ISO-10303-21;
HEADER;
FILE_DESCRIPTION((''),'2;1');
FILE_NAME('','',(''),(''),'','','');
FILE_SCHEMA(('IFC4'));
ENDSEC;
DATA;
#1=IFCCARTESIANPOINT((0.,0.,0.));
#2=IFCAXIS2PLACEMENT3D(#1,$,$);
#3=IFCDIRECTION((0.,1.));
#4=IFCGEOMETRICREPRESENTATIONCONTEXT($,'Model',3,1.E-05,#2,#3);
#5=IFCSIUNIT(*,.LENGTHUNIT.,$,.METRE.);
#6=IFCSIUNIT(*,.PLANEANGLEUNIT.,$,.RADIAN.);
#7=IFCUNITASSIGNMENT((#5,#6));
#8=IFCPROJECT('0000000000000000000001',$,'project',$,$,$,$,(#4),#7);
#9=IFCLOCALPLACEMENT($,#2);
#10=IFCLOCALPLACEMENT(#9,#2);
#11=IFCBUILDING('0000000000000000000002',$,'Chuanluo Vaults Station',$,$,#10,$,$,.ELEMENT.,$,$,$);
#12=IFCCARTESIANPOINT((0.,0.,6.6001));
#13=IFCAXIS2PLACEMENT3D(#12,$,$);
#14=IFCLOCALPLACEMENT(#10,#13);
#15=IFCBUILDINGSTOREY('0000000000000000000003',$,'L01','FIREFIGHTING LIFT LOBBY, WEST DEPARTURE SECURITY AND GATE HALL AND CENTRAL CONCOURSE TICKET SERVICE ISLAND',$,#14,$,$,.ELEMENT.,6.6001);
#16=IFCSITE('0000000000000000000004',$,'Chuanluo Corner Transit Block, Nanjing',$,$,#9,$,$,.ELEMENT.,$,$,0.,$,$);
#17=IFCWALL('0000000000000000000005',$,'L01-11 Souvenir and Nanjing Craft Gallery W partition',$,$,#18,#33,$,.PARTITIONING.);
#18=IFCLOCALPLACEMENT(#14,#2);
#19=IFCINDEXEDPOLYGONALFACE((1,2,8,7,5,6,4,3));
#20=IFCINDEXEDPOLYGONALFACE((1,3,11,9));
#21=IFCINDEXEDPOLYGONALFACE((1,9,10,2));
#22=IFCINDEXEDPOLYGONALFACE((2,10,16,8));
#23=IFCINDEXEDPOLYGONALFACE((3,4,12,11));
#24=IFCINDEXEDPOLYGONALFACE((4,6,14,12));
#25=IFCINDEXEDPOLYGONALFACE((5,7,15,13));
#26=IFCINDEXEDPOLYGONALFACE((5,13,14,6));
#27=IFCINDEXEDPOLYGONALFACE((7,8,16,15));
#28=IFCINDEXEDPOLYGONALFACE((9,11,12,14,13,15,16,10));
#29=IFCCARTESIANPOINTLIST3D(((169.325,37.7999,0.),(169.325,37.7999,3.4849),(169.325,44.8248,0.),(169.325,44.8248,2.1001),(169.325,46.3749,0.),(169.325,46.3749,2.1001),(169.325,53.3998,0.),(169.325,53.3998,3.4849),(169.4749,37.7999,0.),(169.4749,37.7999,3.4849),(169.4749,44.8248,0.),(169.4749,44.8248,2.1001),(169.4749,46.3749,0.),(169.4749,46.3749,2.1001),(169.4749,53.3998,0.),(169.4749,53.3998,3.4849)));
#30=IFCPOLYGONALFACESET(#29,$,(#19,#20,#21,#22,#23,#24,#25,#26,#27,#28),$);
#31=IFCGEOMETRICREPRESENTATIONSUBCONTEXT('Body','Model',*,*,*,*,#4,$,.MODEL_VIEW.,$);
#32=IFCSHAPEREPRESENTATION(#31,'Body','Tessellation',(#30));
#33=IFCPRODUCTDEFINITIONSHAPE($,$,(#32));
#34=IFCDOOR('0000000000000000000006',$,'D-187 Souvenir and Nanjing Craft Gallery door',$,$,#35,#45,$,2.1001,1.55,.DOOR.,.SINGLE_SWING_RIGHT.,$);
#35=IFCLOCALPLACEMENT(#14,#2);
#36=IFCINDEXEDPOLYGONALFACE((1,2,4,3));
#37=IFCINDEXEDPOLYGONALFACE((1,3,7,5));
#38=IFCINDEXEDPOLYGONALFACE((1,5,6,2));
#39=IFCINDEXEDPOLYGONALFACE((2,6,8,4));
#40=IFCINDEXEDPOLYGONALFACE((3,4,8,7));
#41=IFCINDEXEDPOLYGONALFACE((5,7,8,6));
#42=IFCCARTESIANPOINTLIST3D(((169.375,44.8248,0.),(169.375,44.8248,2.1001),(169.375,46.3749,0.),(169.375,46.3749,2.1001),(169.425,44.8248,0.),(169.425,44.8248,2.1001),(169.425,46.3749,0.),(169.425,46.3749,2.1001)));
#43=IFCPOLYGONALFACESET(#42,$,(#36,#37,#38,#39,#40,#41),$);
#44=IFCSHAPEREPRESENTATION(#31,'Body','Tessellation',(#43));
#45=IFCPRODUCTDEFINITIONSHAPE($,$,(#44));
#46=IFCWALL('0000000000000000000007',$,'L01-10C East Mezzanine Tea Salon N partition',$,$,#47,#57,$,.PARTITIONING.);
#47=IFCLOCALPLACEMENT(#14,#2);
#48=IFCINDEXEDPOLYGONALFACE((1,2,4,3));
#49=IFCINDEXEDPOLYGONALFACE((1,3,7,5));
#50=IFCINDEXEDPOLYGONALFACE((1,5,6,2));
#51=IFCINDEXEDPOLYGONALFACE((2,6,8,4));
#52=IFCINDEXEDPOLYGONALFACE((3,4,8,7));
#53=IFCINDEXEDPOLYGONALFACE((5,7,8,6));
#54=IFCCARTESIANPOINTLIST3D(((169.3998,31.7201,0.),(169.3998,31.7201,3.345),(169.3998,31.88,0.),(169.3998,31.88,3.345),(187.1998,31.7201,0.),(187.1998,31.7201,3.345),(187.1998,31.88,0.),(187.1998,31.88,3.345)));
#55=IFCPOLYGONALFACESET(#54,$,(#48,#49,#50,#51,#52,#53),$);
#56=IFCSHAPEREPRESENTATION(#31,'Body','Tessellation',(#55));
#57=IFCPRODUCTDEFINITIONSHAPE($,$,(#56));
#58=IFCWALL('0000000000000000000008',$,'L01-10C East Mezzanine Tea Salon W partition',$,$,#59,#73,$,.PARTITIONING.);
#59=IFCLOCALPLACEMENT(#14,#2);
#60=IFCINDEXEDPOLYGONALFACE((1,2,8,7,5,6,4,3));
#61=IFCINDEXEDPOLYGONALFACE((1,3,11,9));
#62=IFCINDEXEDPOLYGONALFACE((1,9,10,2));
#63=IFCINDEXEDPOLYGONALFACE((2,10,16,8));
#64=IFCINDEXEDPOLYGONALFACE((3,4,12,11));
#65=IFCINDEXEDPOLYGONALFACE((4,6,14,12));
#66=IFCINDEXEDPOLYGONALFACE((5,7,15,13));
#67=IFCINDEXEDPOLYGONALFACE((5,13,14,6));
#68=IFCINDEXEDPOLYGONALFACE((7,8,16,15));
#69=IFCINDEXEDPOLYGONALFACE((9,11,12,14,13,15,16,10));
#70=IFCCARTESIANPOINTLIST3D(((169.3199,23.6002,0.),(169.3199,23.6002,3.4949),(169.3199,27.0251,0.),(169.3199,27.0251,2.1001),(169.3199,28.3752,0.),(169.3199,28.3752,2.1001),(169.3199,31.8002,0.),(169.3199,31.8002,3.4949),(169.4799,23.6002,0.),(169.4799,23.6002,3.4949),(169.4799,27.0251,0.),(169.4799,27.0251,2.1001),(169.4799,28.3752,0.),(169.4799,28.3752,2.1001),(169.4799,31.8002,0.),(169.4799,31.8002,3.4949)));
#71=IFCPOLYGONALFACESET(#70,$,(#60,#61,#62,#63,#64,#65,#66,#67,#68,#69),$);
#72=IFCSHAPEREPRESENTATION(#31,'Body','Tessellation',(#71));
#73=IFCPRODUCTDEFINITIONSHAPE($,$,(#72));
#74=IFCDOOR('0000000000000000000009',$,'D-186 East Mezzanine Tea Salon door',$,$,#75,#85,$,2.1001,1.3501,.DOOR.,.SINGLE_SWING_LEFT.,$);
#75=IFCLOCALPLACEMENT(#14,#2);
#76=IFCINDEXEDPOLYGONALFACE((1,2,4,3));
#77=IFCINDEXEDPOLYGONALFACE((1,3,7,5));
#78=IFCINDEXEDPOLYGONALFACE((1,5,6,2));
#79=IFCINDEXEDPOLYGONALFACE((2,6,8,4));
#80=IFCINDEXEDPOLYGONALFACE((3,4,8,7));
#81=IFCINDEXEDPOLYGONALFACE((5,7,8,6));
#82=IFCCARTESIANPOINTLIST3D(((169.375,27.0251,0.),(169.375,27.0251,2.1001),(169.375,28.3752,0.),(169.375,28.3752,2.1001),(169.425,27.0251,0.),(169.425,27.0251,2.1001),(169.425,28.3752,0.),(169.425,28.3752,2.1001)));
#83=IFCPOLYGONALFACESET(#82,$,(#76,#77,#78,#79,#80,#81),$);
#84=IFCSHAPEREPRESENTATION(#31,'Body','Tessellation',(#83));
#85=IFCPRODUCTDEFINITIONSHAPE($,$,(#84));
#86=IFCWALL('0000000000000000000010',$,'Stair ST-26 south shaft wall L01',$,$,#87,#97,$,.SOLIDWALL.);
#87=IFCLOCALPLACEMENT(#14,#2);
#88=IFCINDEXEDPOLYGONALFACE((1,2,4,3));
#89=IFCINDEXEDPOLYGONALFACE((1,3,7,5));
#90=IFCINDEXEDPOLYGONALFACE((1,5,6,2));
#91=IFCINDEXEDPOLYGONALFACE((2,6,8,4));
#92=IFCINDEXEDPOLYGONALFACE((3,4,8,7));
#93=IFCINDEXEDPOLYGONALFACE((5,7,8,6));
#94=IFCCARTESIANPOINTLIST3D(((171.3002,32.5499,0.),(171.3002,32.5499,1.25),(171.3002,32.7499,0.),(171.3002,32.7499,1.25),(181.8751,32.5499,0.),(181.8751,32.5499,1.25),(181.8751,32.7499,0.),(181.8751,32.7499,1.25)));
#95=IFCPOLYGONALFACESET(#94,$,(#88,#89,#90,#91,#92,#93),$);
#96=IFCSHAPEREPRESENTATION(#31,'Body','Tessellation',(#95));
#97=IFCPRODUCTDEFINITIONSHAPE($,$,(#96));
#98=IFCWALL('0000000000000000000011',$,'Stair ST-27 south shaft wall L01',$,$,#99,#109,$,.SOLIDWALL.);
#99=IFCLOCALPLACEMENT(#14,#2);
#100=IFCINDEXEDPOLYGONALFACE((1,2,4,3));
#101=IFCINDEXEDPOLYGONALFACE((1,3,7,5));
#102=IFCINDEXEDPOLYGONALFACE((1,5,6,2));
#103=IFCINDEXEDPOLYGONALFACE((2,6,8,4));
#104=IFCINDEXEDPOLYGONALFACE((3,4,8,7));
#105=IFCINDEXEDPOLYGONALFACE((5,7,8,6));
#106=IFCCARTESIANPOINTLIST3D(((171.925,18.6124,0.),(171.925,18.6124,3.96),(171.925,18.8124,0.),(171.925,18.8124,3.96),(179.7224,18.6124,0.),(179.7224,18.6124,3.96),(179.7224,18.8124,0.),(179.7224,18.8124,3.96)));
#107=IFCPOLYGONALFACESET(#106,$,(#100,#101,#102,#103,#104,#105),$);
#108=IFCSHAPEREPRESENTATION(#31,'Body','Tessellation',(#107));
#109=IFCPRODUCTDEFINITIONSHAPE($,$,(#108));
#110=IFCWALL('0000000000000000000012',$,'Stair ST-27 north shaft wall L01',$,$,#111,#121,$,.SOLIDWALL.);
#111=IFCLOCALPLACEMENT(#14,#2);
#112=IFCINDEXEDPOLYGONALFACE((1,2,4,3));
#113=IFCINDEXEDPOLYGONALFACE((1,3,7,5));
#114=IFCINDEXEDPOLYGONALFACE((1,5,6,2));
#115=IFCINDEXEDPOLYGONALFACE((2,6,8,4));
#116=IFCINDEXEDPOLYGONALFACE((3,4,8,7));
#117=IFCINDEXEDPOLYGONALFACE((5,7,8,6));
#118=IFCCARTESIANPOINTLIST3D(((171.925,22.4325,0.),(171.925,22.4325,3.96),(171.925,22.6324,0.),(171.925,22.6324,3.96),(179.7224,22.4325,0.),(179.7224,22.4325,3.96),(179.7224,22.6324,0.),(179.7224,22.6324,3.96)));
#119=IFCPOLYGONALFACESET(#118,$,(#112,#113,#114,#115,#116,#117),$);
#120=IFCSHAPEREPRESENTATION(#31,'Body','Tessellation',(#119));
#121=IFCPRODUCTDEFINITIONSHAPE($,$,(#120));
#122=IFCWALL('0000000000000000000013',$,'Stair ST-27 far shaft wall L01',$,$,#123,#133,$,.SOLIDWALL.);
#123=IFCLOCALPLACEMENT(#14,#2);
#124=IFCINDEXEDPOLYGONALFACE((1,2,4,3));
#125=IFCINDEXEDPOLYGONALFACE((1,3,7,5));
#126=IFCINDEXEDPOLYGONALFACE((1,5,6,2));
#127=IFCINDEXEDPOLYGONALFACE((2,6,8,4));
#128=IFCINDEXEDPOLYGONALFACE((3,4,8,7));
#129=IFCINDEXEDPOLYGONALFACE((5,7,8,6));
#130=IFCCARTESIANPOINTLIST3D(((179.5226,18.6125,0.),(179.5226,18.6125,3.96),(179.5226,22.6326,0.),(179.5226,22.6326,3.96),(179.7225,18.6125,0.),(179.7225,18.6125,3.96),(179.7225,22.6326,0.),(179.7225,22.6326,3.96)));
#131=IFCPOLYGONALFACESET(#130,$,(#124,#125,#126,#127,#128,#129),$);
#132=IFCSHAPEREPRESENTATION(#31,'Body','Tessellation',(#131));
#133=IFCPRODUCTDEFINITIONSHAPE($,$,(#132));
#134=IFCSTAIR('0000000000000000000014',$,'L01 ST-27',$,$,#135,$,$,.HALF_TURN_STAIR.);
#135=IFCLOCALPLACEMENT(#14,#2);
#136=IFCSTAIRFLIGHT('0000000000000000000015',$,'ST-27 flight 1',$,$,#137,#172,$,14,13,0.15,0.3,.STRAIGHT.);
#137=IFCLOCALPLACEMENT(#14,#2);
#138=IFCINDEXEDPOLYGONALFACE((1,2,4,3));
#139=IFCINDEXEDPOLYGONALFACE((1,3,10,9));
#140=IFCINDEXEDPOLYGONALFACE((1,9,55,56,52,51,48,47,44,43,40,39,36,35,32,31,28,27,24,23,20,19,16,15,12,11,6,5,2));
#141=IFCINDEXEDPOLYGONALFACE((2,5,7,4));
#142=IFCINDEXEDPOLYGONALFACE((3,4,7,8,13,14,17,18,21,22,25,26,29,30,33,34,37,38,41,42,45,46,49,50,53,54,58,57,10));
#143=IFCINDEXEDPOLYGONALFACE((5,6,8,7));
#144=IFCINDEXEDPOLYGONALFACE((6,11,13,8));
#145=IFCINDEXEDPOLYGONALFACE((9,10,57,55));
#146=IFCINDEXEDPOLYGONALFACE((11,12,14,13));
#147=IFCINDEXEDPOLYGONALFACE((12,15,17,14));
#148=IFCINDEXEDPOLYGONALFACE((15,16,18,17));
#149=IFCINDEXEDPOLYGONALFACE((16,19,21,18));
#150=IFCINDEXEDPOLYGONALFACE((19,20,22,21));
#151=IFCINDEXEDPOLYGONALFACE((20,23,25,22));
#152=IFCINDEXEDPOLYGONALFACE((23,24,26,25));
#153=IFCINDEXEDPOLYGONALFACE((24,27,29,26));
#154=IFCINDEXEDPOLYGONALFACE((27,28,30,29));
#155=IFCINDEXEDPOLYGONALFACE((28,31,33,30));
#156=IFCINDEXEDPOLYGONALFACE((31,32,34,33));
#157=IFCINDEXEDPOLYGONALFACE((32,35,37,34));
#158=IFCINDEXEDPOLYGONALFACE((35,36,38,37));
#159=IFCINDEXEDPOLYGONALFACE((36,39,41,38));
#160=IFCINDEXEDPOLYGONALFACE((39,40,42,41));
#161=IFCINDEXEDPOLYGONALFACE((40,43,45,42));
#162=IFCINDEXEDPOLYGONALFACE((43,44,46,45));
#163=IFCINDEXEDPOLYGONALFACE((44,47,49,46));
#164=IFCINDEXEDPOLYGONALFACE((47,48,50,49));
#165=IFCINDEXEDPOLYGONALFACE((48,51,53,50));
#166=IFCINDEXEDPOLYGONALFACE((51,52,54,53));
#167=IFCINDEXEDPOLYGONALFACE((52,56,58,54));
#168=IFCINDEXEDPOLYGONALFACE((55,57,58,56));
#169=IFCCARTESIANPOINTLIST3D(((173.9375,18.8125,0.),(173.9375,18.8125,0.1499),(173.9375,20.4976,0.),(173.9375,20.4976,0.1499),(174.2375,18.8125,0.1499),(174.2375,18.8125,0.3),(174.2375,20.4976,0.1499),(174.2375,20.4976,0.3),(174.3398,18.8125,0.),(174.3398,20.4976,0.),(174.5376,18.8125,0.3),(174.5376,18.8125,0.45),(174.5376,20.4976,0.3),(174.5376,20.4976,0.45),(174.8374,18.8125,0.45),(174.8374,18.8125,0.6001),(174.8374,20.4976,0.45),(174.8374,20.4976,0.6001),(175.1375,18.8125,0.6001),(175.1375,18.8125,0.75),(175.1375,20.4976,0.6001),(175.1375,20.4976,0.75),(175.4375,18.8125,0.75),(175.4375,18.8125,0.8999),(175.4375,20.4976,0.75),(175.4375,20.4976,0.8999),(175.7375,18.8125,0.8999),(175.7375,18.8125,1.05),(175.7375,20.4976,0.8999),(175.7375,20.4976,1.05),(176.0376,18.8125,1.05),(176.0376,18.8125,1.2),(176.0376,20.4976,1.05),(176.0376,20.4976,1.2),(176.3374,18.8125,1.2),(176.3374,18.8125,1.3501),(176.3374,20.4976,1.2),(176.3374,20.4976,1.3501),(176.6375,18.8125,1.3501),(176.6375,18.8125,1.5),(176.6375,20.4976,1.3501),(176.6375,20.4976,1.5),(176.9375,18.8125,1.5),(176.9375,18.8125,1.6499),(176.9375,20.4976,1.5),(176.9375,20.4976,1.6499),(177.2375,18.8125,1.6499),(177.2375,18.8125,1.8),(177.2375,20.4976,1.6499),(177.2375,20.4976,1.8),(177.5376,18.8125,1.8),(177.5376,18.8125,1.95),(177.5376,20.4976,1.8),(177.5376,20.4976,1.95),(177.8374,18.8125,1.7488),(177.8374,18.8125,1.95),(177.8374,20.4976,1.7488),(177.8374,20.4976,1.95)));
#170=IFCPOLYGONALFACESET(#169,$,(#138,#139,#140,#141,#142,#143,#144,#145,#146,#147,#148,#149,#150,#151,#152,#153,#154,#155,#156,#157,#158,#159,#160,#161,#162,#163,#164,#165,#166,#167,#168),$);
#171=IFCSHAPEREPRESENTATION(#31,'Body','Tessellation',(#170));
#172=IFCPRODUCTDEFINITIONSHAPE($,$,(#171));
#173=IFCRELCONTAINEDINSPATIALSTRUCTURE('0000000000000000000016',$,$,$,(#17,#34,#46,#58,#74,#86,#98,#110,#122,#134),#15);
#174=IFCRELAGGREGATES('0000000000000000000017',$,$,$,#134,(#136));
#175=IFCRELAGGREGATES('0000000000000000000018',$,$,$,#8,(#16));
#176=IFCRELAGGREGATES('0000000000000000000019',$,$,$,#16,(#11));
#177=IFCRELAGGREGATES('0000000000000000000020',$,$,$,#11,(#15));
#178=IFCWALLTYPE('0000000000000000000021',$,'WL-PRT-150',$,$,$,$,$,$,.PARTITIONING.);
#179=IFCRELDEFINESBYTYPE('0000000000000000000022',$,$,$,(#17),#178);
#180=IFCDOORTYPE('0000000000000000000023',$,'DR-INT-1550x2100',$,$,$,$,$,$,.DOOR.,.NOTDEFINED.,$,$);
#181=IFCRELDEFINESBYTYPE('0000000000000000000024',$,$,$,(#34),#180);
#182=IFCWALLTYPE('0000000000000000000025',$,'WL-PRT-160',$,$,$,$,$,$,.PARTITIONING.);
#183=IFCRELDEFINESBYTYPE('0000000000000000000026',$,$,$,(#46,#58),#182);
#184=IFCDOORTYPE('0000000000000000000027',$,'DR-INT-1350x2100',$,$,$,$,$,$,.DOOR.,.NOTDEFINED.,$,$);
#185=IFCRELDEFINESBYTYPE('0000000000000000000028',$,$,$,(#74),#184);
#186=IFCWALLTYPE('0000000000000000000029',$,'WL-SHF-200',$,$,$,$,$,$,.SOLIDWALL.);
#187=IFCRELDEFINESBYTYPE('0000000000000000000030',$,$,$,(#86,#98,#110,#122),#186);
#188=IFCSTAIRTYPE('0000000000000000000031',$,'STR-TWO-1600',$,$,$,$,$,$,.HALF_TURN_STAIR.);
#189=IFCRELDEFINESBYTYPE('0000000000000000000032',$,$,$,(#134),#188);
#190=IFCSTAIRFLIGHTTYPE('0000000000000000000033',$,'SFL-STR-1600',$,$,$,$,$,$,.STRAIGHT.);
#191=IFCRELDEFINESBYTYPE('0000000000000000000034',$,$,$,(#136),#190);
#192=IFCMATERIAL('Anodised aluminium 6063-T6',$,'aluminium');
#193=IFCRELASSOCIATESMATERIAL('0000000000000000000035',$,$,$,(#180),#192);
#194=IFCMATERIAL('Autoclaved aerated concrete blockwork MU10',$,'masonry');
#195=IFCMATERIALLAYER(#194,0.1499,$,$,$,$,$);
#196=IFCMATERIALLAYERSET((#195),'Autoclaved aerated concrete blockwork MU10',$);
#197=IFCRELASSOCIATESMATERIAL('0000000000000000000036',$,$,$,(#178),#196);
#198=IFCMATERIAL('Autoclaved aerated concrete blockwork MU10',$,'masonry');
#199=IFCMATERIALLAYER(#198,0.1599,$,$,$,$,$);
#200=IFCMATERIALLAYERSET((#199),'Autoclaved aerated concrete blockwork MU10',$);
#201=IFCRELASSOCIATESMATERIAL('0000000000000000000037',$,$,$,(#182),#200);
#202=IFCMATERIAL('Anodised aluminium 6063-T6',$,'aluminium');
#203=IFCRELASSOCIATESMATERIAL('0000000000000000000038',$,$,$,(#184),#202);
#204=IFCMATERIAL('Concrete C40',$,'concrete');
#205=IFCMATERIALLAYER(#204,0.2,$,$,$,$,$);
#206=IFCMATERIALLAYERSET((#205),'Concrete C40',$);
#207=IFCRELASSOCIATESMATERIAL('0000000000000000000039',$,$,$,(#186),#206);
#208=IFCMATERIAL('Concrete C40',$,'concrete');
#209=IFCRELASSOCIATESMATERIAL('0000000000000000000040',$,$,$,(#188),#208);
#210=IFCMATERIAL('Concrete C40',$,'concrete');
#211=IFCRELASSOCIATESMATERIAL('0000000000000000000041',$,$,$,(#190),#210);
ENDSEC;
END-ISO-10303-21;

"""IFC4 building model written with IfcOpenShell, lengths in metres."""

from ifc_helpers import new_model, si_unit, direction, frame, frame_2d, origin, place, context, subcontext, project, spatial, polyline, rectangle, outline, extrude, material, layer, layer_set, type_object, element, fill, aggregate, save


model = new_model("IFC4")

# Units and contexts
model_context = context("Model", 3, precision=1e-05, world=origin(), true_north=direction((0.0, 1.0)))
body_context = subcontext(model_context, "Body", "Model", "MODEL_VIEW")
ifc_project = project(units=[si_unit("LENGTHUNIT", "METRE"), si_unit("PLANEANGLEUNIT", "RADIAN")], contexts=[model_context])

# Site, building, storey
site_placement = place(None, origin())
site = spatial("IfcSite", under=ifc_project, at=site_placement, Name="Chuanluo Corner Transit Block, Nanjing", CompositionType="ELEMENT", RefElevation=0.0)
building_placement = place(site_placement, origin())
building = spatial("IfcBuilding", under=site, at=building_placement, Name="Chuanluo Vaults Station", CompositionType="ELEMENT")
storey_placement = place(building_placement, frame((0.0, 0.0, 6.6001)))
storey = spatial("IfcBuildingStorey", under=building, at=storey_placement, Name="L01", Description="FIREFIGHTING LIFT LOBBY, WEST DEPARTURE SECURITY AND GATE HALL AND CENTRAL CONCOURSE TICKET SERVICE ISLAND", CompositionType="ELEMENT", Elevation=6.6001)

# Wall, opening, door
ifc_material_1 = material(Name="Anodised aluminium 6063-T6", Category="aluminium")
door_type_1 = type_object("IfcDoorType", Name="DR-INT-1550x2100", OperationType="NOTDEFINED", PredefinedType="DOOR", material=ifc_material_1)
ifc_material_2 = material(Name="Autoclaved aerated concrete blockwork MU10", Category="masonry")
ifc_layer_1 = layer(ifc_material_2, 0.1499)
ifc_layer_set_1 = layer_set([ifc_layer_1], Name="Autoclaved aerated concrete blockwork MU10")
wall_type_1 = type_object("IfcWallType", Name="WL-PRT-150", PredefinedType="PARTITIONING", material=ifc_layer_set_1)
wall_1_placement = place(storey_placement, frame((169.3999, 37.8, 0.0), z_axis=(0.0, 0.0, 1.0), x_axis=(0.0, 1.0, 0.0)))
wall_1 = element("IfcWall", 1, at=wall_1_placement, inside=storey, type_object=wall_type_1, Name="L01-11 Souvenir and Nanjing Craft Gallery W partition", PredefinedType="PARTITIONING", context=body_context, shape_type="SweptSolid", body=[
    extrude(rectangle(XDim=15.5999, YDim=0.1499, at=frame_2d((7.7998, 0.0))), origin(), (0.0, 0.0, 1.0), 3.4849),
])
opening_1_placement = place(wall_1_placement, frame((7.0249, 0.0, 0.0)))
opening_1 = element("IfcOpeningElement", 2, at=opening_1_placement, cuts=wall_1, PredefinedType="OPENING", context=body_context, shape_type="SweptSolid", body=[
    extrude(rectangle(XDim=1.55, YDim=2.1001, at=frame_2d((0.7749, 1.05))), frame((0.0, 0.0849, 0.0), z_axis=(0.0, -1.0, 0.0), x_axis=(1.0, 0.0, 0.0)), (0.0, 0.0, 1.0), 0.1699),
])
door_1_placement = place(opening_1_placement, origin())
door_1 = element("IfcDoor", 3, at=door_1_placement, inside=storey, type_object=door_type_1, Name="D-187 Souvenir and Nanjing Craft Gallery door", OperationType="SINGLE_SWING_RIGHT", OverallHeight=2.1001, OverallWidth=1.55, PredefinedType="DOOR", context=body_context, shape_type="SweptSolid", body=[
    extrude(rectangle(XDim=1.55, YDim=2.1001, at=frame_2d((0.7749, 1.05))), frame((0.0, 0.0249, 0.0), z_axis=(0.0, -1.0, 0.0), x_axis=(1.0, 0.0, 0.0)), (0.0, 0.0, 1.0), 0.05),
])
fill(opening_1, door_1)

# Wall
ifc_material_3 = material(Name="Autoclaved aerated concrete blockwork MU10", Category="masonry")
ifc_layer_2 = layer(ifc_material_3, 0.1599)
ifc_layer_set_2 = layer_set([ifc_layer_2], Name="Autoclaved aerated concrete blockwork MU10")
wall_type_2 = type_object("IfcWallType", Name="WL-PRT-160", PredefinedType="PARTITIONING", material=ifc_layer_set_2)
wall_2_placement = place(storey_placement, frame((169.3999, 31.8, 0.0), z_axis=(0.0, 0.0, 1.0), x_axis=(1.0, 0.0, 0.0)))
element("IfcWall", 4, at=wall_2_placement, inside=storey, type_object=wall_type_2, Name="L01-10C East Mezzanine Tea Salon N partition", PredefinedType="PARTITIONING", context=body_context, shape_type="SweptSolid", body=[
    extrude(rectangle(XDim=17.8, YDim=0.1599, at=frame_2d((8.8999, 0.0))), origin(), (0.0, 0.0, 1.0), 3.345),
])

# Wall, opening, door
wall_3_placement = place(storey_placement, frame((169.3999, 23.6001, 0.0), z_axis=(0.0, 0.0, 1.0), x_axis=(0.0, 1.0, 0.0)))
wall_3 = element("IfcWall", 5, at=wall_3_placement, inside=storey, type_object=wall_type_2, Name="L01-10C East Mezzanine Tea Salon W partition", PredefinedType="PARTITIONING", context=body_context, shape_type="SweptSolid", body=[
    extrude(rectangle(XDim=8.2, YDim=0.1599, at=frame_2d((4.1001, 0.0))), origin(), (0.0, 0.0, 1.0), 3.4949),
])
opening_2_placement = place(wall_3_placement, frame((3.425, 0.0, 0.0)))
opening_2 = element("IfcOpeningElement", 6, at=opening_2_placement, cuts=wall_3, PredefinedType="OPENING", context=body_context, shape_type="SweptSolid", body=[
    extrude(rectangle(XDim=1.3501, YDim=2.1001, at=frame_2d((0.675, 1.05))), frame((0.0, 0.0901, 0.0), z_axis=(0.0, -1.0, 0.0), x_axis=(1.0, 0.0, 0.0)), (0.0, 0.0, 1.0), 0.1799),
])
ifc_material_4 = material(Name="Anodised aluminium 6063-T6", Category="aluminium")
door_type_2 = type_object("IfcDoorType", Name="DR-INT-1350x2100", OperationType="NOTDEFINED", PredefinedType="DOOR", material=ifc_material_4)
door_2_placement = place(opening_2_placement, origin())
door_2 = element("IfcDoor", 7, at=door_2_placement, inside=storey, type_object=door_type_2, Name="D-186 East Mezzanine Tea Salon door", OperationType="SINGLE_SWING_LEFT", OverallHeight=2.1001, OverallWidth=1.3501, PredefinedType="DOOR", context=body_context, shape_type="SweptSolid", body=[
    extrude(rectangle(XDim=1.3501, YDim=2.1001, at=frame_2d((0.675, 1.05))), frame((0.0, 0.0249, 0.0), z_axis=(0.0, -1.0, 0.0), x_axis=(1.0, 0.0, 0.0)), (0.0, 0.0, 1.0), 0.05),
])
fill(opening_2, door_2)

# Walls
ifc_material_5 = material(Name="Concrete C40", Category="concrete")
ifc_layer_3 = layer(ifc_material_5, 0.2)
ifc_layer_set_3 = layer_set([ifc_layer_3], Name="Concrete C40")
wall_type_3 = type_object("IfcWallType", Name="WL-SHF-200", PredefinedType="SOLIDWALL", material=ifc_layer_set_3)
wall_4_placement = place(storey_placement, frame((171.3, 32.6499, 0.0), z_axis=(0.0, 0.0, 1.0), x_axis=(1.0, 0.0, 0.0)))
element("IfcWall", 8, at=wall_4_placement, inside=storey, type_object=wall_type_3, Name="Stair ST-26 south shaft wall L01", PredefinedType="SOLIDWALL", context=body_context, shape_type="SweptSolid", body=[
    extrude(rectangle(XDim=10.575, YDim=0.2, at=frame_2d((5.2876, 0.0))), origin(), (0.0, 0.0, 1.0), 1.25),
])
for number, where, z_axis, x_axis, name in (
    (9, (171.925, 18.7124, 0.0), (0.0, 0.0, 1.0), (1.0, 0.0, 0.0), "Stair ST-27 south shaft wall L01"),
    (10, (179.7224, 22.5325, 0.0), (0.0, 0.0, 1.0), (-1.0, 0.0, 0.0), "Stair ST-27 north shaft wall L01"),
):
    element("IfcWall", number, at=place(storey_placement, frame(where, z_axis=z_axis, x_axis=x_axis)), inside=storey, type_object=wall_type_3, Name=name, PredefinedType="SOLIDWALL", context=body_context, shape_type="SweptSolid", body=[
        extrude(rectangle(XDim=7.7974, YDim=0.2, at=frame_2d((3.8987, 0.0))), origin(), (0.0, 0.0, 1.0), 3.96),
    ])
wall_5_placement = place(storey_placement, frame((179.6226, 18.6125, 0.0), z_axis=(0.0, 0.0, 1.0), x_axis=(0.0, 1.0, 0.0)))
element("IfcWall", 11, at=wall_5_placement, inside=storey, type_object=wall_type_3, Name="Stair ST-27 far shaft wall L01", PredefinedType="SOLIDWALL", context=body_context, shape_type="SweptSolid", body=[
    extrude(rectangle(XDim=4.02, YDim=0.2, at=frame_2d((2.01, 0.0))), origin(), (0.0, 0.0, 1.0), 3.96),
])

# Stair, stair flight
ifc_material_6 = material(Name="Concrete C40", Category="concrete")
stair_type = type_object("IfcStairType", Name="STR-TWO-1600", PredefinedType="HALF_TURN_STAIR", material=ifc_material_6)
stair_placement = place(storey_placement, origin())
stair = element("IfcStair", 12, at=stair_placement, inside=storey, type_object=stair_type, Name="L01 ST-27", PredefinedType="HALF_TURN_STAIR")
ifc_material_7 = material(Name="Concrete C40", Category="concrete")
stair_flight_type = type_object("IfcStairFlightType", Name="SFL-STR-1600", PredefinedType="STRAIGHT", material=ifc_material_7)
stair_flight_1_placement = place(storey_placement, frame((173.9375, 19.655, 0.0), z_axis=(0.0, 0.0, 1.0), x_axis=(1.0, 0.0, 0.0)))
stair_flight_1 = element("IfcStairFlight", 13, at=stair_flight_1_placement, type_object=stair_flight_type, Name="ST-27 flight 1", NumberOfRisers=14, NumberOfTreads=13, PredefinedType="STRAIGHT", RiserHeight=0.15, TreadLength=0.3, context=body_context, shape_type="SweptSolid", body=[
    extrude(outline(polyline([(0.0, 0.0), (0.0, 0.1499), (0.3, 0.1499), (0.3, 0.3), (0.6001, 0.3), (0.6001, 0.45), (0.8999, 0.45), (0.8999, 0.6001), (1.2, 0.6001), (1.2, 0.75), (1.5, 0.75), (1.5, 0.8999), (1.8, 0.8999), (1.8, 1.05), (2.1001, 1.05), (2.1001, 1.2), (2.3999, 1.2), (2.3999, 1.3501), (2.7, 1.3501), (2.7, 1.5), (3.0, 1.5), (3.0, 1.6499), (3.3, 1.6499), (3.3, 1.8), (3.6001, 1.8), (3.6001, 1.95), (3.8999, 1.95), (3.8999, 2.1001), (3.8999, 1.7488), (0.4023, 0.0), (0.0, 0.0)])), frame((0.0, 0.8425, 0.0), z_axis=(0.0, -1.0, 0.0), x_axis=(1.0, 0.0, 0.0)), (0.0, 0.0, 1.0), 1.6851),
])
aggregate(stair, [stair_flight_1])

save(model, "model.ifc")
